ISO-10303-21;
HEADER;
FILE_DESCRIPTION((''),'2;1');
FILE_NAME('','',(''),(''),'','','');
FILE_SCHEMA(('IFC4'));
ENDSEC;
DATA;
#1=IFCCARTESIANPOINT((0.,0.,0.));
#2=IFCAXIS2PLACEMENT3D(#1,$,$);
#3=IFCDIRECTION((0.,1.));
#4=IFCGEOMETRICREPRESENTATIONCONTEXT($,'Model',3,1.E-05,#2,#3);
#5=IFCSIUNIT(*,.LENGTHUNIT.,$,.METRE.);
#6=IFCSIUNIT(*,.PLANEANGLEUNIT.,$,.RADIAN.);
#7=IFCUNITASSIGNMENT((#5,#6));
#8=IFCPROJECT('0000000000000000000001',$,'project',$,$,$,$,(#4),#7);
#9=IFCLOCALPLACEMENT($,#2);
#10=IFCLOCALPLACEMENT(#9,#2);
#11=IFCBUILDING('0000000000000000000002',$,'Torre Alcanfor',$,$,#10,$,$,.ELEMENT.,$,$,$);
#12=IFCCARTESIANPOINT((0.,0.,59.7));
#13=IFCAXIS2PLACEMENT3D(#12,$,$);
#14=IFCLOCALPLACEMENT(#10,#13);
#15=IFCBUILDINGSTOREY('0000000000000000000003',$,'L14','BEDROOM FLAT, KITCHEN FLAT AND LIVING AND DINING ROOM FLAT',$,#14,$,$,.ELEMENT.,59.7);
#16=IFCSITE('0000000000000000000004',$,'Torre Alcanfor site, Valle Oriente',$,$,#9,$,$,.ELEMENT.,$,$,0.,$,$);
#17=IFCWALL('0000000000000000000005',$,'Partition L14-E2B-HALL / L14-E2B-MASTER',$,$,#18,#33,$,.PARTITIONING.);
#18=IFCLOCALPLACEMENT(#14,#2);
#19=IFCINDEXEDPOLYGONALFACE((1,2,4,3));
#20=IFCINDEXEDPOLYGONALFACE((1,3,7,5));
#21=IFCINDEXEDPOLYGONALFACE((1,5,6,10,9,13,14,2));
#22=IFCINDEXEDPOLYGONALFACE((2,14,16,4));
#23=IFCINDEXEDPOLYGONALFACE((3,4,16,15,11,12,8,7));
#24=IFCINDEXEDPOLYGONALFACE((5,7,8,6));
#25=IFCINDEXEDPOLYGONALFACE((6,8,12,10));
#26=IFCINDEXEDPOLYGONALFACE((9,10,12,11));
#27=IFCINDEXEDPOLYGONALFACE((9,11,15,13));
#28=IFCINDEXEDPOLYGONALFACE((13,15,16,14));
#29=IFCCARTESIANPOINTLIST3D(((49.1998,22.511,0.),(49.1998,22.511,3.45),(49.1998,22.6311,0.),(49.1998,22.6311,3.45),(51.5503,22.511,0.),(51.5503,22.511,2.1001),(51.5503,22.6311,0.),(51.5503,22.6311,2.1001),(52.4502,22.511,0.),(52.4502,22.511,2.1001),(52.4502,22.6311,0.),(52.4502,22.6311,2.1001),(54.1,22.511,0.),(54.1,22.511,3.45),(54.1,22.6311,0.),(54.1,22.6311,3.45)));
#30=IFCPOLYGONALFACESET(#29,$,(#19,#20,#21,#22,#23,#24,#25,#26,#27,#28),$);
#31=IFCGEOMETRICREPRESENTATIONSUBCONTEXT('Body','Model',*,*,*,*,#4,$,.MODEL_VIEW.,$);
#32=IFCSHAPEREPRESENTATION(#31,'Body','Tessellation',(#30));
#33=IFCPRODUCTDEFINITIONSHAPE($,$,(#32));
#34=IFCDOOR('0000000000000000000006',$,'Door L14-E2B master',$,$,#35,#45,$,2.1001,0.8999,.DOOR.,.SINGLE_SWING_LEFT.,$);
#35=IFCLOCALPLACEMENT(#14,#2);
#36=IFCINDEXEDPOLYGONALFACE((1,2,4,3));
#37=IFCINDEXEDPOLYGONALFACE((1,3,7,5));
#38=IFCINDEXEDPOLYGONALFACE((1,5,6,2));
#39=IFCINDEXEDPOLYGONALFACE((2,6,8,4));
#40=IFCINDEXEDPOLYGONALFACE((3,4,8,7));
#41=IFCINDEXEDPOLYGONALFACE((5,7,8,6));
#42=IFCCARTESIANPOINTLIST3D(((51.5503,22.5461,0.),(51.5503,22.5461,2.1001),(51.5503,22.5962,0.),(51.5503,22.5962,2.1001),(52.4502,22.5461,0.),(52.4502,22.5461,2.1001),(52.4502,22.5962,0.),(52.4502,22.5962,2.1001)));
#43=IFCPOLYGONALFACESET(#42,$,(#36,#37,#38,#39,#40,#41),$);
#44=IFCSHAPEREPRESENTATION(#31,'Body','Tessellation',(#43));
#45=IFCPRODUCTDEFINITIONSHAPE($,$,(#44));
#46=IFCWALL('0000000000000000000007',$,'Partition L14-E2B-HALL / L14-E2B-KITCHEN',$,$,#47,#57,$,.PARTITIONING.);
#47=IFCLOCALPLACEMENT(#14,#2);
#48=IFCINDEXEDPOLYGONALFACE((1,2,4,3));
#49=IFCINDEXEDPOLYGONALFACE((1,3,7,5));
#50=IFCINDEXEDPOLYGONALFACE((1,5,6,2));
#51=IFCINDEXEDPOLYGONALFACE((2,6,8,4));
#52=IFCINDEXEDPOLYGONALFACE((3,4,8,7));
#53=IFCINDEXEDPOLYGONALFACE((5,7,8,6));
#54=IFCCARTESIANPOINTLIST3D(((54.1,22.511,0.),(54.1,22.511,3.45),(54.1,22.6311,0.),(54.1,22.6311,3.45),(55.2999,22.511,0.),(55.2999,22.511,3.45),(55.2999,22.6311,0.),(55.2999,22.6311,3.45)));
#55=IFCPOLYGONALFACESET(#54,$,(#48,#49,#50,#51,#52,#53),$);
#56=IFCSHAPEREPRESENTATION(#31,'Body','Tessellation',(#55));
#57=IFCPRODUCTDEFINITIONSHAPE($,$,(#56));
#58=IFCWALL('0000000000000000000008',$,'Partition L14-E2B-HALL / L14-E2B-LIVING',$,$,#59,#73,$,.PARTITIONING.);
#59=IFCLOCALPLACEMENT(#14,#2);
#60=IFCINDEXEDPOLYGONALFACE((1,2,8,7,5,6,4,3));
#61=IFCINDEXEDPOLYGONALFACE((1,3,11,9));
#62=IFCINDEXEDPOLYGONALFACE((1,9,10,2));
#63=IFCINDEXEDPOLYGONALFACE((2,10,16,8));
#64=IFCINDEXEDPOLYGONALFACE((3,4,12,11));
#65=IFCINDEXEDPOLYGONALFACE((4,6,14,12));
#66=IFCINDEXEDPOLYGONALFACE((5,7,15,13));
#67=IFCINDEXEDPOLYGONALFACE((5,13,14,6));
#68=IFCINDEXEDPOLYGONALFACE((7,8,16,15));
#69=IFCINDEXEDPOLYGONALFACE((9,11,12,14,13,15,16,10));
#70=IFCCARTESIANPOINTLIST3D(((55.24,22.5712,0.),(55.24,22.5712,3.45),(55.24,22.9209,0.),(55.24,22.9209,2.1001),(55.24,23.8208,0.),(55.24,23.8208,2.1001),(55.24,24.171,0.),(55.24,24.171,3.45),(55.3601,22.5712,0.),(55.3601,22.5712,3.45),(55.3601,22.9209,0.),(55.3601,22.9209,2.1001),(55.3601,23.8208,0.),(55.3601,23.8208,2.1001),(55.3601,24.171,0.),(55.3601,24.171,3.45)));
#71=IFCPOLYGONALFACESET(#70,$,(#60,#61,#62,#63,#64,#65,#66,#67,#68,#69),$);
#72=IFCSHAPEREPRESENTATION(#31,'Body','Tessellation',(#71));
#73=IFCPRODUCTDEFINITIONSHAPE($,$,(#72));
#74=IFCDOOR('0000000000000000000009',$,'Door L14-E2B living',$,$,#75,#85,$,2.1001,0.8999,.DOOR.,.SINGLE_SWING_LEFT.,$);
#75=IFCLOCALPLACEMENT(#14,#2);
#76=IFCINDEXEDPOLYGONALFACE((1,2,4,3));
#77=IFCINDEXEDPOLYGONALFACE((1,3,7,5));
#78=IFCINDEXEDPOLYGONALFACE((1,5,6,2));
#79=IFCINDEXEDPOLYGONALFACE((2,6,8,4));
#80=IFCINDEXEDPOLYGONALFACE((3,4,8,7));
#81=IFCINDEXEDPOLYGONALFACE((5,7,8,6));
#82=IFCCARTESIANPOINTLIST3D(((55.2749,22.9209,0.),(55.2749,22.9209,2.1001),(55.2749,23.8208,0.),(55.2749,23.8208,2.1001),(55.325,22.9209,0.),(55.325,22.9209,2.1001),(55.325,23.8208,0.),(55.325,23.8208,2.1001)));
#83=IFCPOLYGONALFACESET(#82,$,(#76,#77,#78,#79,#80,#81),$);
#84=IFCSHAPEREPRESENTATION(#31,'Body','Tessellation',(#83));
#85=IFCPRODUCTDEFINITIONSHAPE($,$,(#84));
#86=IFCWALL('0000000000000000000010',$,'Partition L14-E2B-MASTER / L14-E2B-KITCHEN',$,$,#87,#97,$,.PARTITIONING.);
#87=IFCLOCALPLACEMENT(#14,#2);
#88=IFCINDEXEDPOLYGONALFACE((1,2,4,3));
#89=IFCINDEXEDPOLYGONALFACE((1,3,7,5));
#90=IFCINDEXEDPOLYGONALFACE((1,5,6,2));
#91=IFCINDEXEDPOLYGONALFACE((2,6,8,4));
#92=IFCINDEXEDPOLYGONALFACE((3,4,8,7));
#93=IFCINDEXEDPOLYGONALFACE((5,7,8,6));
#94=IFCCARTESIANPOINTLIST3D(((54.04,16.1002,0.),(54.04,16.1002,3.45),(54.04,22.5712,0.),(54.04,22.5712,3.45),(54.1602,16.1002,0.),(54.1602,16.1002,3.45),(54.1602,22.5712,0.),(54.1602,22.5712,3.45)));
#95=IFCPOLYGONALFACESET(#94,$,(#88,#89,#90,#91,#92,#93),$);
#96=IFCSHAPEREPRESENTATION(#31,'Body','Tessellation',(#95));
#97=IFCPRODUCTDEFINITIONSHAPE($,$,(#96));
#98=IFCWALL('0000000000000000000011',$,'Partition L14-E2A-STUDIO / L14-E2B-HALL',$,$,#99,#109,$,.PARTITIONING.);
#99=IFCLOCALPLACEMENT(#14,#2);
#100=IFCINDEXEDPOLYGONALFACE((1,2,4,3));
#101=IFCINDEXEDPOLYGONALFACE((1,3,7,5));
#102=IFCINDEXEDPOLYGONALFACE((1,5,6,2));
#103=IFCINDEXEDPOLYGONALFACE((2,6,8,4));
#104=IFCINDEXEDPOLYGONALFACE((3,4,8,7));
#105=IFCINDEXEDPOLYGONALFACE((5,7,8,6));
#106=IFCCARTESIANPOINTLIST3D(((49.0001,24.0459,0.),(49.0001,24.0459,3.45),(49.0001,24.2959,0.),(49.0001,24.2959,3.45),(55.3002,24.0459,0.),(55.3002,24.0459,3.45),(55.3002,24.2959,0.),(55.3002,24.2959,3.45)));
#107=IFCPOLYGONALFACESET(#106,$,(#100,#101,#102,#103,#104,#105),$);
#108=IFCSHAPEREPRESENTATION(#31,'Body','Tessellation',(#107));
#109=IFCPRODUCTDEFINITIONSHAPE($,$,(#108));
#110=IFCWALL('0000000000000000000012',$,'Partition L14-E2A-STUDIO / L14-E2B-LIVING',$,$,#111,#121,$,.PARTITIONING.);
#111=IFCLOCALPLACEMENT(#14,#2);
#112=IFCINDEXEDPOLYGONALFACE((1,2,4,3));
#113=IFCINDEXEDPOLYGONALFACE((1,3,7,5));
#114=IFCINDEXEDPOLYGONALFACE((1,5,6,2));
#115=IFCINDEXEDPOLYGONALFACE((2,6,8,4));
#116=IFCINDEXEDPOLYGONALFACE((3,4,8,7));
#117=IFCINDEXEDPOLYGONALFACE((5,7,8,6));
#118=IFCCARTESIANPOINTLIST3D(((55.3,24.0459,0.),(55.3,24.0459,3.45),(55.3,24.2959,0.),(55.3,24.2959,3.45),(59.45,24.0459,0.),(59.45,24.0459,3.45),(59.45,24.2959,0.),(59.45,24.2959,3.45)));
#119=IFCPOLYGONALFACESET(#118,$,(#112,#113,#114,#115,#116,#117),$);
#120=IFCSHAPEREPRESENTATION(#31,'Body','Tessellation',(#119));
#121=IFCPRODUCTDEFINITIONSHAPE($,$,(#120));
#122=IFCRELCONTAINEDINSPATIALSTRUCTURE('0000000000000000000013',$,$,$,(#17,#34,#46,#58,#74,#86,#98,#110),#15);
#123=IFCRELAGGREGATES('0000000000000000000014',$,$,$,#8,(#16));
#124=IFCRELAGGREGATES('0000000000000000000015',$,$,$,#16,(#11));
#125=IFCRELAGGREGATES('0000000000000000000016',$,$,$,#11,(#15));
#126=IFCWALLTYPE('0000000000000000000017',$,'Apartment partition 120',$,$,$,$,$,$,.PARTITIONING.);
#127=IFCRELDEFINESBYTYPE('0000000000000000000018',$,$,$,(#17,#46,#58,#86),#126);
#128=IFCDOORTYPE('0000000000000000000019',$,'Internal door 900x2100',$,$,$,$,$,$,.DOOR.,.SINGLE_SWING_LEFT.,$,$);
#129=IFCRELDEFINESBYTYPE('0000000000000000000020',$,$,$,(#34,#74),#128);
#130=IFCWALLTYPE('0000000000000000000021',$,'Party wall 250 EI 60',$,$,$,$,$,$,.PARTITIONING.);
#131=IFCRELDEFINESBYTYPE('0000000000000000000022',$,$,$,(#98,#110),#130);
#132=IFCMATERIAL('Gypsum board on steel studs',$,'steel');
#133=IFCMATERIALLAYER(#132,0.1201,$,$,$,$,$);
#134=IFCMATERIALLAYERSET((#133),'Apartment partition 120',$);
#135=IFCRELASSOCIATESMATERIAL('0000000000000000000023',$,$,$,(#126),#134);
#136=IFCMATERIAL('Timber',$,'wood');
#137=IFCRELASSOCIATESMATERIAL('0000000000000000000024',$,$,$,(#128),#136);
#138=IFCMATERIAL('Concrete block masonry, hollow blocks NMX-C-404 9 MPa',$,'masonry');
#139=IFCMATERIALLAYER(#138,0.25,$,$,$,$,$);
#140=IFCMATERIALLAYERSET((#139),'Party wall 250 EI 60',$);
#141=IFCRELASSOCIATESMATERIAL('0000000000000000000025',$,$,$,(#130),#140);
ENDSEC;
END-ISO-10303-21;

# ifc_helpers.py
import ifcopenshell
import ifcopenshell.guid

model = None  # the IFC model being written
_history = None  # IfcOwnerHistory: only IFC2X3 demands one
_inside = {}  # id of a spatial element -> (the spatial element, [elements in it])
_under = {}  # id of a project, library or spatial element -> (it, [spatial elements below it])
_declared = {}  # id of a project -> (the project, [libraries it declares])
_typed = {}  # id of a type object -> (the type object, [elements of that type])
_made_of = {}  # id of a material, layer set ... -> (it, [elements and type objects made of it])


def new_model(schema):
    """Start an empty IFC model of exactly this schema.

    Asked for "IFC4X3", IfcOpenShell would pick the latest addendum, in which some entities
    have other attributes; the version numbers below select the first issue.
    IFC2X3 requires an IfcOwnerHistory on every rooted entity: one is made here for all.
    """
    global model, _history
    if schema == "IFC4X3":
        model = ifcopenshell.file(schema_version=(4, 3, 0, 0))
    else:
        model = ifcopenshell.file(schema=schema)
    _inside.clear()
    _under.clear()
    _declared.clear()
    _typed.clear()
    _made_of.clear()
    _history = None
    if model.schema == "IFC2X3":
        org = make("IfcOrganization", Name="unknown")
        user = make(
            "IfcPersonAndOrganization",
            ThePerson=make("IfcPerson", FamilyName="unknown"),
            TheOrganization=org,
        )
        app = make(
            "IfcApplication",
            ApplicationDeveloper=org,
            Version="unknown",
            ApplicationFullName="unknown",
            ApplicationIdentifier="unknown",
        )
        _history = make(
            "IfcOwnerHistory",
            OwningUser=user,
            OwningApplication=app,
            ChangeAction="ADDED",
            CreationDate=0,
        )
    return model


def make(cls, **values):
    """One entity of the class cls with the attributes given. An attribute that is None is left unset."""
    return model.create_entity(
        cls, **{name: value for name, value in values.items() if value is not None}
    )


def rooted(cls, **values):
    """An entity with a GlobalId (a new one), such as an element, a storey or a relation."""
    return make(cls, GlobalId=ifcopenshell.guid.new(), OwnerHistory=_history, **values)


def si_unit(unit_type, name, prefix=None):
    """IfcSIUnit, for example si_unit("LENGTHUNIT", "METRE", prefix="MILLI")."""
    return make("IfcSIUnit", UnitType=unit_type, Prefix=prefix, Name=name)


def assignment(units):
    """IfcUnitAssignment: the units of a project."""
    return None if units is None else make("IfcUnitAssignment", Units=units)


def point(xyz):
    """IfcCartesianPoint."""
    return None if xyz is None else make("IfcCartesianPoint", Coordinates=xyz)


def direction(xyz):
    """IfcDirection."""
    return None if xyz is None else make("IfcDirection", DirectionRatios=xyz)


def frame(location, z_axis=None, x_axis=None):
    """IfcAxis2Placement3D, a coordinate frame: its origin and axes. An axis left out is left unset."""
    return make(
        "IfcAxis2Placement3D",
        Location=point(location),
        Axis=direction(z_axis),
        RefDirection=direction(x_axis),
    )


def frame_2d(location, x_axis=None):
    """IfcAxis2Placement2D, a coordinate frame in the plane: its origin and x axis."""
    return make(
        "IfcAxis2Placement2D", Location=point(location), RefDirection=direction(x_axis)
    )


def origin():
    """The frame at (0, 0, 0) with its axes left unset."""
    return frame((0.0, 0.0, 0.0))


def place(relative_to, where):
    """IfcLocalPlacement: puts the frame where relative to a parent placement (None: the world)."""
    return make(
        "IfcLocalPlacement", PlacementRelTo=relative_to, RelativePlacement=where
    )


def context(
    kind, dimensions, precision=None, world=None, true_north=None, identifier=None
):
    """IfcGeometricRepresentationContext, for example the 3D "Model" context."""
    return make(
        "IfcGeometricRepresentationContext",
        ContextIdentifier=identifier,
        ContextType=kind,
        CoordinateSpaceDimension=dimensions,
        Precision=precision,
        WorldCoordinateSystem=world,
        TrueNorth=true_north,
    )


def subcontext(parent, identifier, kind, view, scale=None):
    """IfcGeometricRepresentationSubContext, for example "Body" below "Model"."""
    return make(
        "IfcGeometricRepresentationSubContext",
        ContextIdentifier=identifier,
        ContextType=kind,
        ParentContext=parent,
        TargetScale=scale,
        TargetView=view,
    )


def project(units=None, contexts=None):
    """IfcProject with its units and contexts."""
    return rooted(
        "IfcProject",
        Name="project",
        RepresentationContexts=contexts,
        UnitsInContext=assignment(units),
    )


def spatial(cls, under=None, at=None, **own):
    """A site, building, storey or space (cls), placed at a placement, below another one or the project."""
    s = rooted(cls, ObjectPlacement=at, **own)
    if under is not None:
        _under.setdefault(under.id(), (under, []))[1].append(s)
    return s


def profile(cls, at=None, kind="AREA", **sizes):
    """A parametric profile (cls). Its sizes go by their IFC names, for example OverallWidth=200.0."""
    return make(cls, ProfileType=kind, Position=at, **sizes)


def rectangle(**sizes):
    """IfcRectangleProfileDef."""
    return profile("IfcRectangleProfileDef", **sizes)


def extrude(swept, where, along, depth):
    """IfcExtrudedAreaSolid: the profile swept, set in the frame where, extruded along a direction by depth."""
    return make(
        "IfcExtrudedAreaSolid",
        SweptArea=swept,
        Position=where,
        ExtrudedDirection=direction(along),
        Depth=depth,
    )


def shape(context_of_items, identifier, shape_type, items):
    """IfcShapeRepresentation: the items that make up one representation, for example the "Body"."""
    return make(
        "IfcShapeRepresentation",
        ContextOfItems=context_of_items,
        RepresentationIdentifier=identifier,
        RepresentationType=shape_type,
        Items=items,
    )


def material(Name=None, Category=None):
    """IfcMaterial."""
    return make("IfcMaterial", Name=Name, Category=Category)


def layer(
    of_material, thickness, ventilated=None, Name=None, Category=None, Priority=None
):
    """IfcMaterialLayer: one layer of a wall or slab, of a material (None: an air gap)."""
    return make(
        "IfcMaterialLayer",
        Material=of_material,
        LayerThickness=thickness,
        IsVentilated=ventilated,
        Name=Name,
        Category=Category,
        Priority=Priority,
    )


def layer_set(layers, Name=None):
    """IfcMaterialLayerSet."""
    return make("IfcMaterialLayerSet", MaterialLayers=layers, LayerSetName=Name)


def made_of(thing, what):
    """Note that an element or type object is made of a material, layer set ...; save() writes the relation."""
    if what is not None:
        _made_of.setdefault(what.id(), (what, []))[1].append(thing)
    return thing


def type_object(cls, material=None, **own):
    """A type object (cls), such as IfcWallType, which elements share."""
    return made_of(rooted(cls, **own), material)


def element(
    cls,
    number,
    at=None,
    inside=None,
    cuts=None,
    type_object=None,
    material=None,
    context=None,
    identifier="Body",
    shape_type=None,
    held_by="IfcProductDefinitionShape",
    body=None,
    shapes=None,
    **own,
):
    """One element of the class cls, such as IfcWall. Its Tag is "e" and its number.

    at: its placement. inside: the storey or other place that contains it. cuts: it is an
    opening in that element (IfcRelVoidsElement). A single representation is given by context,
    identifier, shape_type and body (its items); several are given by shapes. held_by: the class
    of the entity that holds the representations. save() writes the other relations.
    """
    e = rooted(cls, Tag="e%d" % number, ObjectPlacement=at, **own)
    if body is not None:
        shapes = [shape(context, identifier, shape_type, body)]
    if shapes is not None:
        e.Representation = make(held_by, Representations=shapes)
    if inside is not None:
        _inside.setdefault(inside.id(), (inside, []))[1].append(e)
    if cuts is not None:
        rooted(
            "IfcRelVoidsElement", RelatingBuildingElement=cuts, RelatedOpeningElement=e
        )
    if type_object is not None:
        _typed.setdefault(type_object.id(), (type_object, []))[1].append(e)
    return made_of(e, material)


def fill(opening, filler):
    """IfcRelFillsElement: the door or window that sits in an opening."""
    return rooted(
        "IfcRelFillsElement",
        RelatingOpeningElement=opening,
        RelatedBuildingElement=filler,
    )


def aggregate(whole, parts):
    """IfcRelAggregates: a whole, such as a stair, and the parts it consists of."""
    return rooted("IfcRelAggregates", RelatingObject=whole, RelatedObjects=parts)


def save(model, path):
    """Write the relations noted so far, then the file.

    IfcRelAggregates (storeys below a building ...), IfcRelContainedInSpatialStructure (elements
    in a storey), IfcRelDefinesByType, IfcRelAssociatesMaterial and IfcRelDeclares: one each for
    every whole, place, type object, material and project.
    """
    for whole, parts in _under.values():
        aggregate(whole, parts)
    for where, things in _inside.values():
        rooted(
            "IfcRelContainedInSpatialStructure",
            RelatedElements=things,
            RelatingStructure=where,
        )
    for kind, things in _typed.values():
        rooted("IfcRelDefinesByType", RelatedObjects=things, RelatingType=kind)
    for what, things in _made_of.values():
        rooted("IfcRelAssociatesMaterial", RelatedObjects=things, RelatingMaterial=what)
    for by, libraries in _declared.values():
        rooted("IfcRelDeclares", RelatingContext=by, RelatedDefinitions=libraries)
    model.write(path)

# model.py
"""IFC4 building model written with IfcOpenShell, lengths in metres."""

from ifc_helpers import new_model, si_unit, direction, frame, frame_2d, origin, place, context, subcontext, project, spatial, rectangle, extrude, material, layer, layer_set, type_object, element, fill, save


model = new_model("IFC4")

# Units and contexts
model_context = context("Model", 3, precision=1e-05, world=origin(), true_north=direction((0.0, 1.0)))
body_context = subcontext(model_context, "Body", "Model", "MODEL_VIEW")
ifc_project = project(units=[si_unit("LENGTHUNIT", "METRE"), si_unit("PLANEANGLEUNIT", "RADIAN")], contexts=[model_context])

# Site, building, storey
site_placement = place(None, origin())
site = spatial("IfcSite", under=ifc_project, at=site_placement, Name="Torre Alcanfor site, Valle Oriente", CompositionType="ELEMENT", RefElevation=0.0)
building_placement = place(site_placement, origin())
building = spatial("IfcBuilding", under=site, at=building_placement, Name="Torre Alcanfor", CompositionType="ELEMENT")
storey_placement = place(building_placement, frame((0.0, 0.0, 59.7)))
storey = spatial("IfcBuildingStorey", under=building, at=storey_placement, Name="L14", Description="BEDROOM FLAT, KITCHEN FLAT AND LIVING AND DINING ROOM FLAT", CompositionType="ELEMENT", Elevation=59.7)

# Wall, opening, door
ifc_material_1 = material(Name="Gypsum board on steel studs", Category="steel")
ifc_layer_1 = layer(ifc_material_1, 0.1201)
ifc_layer_set_1 = layer_set([ifc_layer_1], Name="Apartment partition 120")
wall_type_1 = type_object("IfcWallType", Name="Apartment partition 120", PredefinedType="PARTITIONING", material=ifc_layer_set_1)
wall_1_placement = place(storey_placement, frame((54.1001, 22.571, 0.0), z_axis=(0.0, 0.0, 1.0), x_axis=(-1.0, 0.0, 0.0)))
wall_1 = element("IfcWall", 1, at=wall_1_placement, inside=storey, type_object=wall_type_1, Name="Partition L14-E2B-HALL / L14-E2B-MASTER", PredefinedType="PARTITIONING", context=body_context, shape_type="SweptSolid", body=[
    extrude(rectangle(XDim=4.9001, YDim=0.1201, at=frame_2d((2.4502, 0.0))), origin(), (0.0, 0.0, 1.0), 3.45),
])
opening_1_placement = place(wall_1_placement, frame((1.6499, 0.0, 0.0)))
opening_1 = element("IfcOpeningElement", 2, at=opening_1_placement, cuts=wall_1, PredefinedType="OPENING", context=body_context, shape_type="SweptSolid", body=[
    extrude(rectangle(XDim=0.8999, YDim=2.1001, at=frame_2d((0.45, 1.05))), frame((0.0, 0.0701, 0.0), z_axis=(0.0, -1.0, 0.0), x_axis=(1.0, 0.0, 0.0)), (0.0, 0.0, 1.0), 0.1401),
])
ifc_material_2 = material(Name="Timber", Category="wood")
door_type = type_object("IfcDoorType", Name="Internal door 900x2100", OperationType="SINGLE_SWING_LEFT", PredefinedType="DOOR", material=ifc_material_2)
door_1_placement = place(opening_1_placement, origin())
door_1 = element("IfcDoor", 3, at=door_1_placement, inside=storey, type_object=door_type, Name="Door L14-E2B master", OperationType="SINGLE_SWING_LEFT", OverallHeight=2.1001, OverallWidth=0.8999, PredefinedType="DOOR", context=body_context, shape_type="SweptSolid", body=[
    extrude(rectangle(XDim=0.8999, YDim=2.1001, at=frame_2d((0.45, 1.05))), frame((0.0, 0.0249, 0.0), z_axis=(0.0, -1.0, 0.0), x_axis=(1.0, 0.0, 0.0)), (0.0, 0.0, 1.0), 0.05),
])
fill(opening_1, door_1)

# Wall
wall_2_placement = place(storey_placement, frame((55.3, 22.571, 0.0), z_axis=(0.0, 0.0, 1.0), x_axis=(-1.0, 0.0, 0.0)))
element("IfcWall", 4, at=wall_2_placement, inside=storey, type_object=wall_type_1, Name="Partition L14-E2B-HALL / L14-E2B-KITCHEN", PredefinedType="PARTITIONING", context=body_context, shape_type="SweptSolid", body=[
    extrude(rectangle(XDim=1.2, YDim=0.1201, at=frame_2d((0.6001, 0.0))), origin(), (0.0, 0.0, 1.0), 3.45),
])

# Wall, opening, door
wall_3_placement = place(storey_placement, frame((55.3, 24.1709, 0.0), z_axis=(0.0, 0.0, 1.0), x_axis=(0.0, -1.0, 0.0)))
wall_3 = element("IfcWall", 5, at=wall_3_placement, inside=storey, type_object=wall_type_1, Name="Partition L14-E2B-HALL / L14-E2B-LIVING", PredefinedType="PARTITIONING", context=body_context, shape_type="SweptSolid", body=[
    extrude(rectangle(XDim=1.5999, YDim=0.1201, at=frame_2d((0.7998, 0.0))), origin(), (0.0, 0.0, 1.0), 3.45),
])
opening_2_placement = place(wall_3_placement, frame((0.3501, 0.0, 0.0)))
opening_2 = element("IfcOpeningElement", 6, at=opening_2_placement, cuts=wall_3, PredefinedType="OPENING", context=body_context, shape_type="SweptSolid", body=[
    extrude(rectangle(XDim=0.8999, YDim=2.1001, at=frame_2d((0.45, 1.05))), frame((0.0, 0.0701, 0.0), z_axis=(0.0, -1.0, 0.0), x_axis=(1.0, 0.0, 0.0)), (0.0, 0.0, 1.0), 0.1401),
])
door_2_placement = place(opening_2_placement, origin())
door_2 = element("IfcDoor", 7, at=door_2_placement, inside=storey, type_object=door_type, Name="Door L14-E2B living", OperationType="SINGLE_SWING_LEFT", OverallHeight=2.1001, OverallWidth=0.8999, PredefinedType="DOOR", context=body_context, shape_type="SweptSolid", body=[
    extrude(rectangle(XDim=0.8999, YDim=2.1001, at=frame_2d((0.45, 1.05))), frame((0.0, 0.0249, 0.0), z_axis=(0.0, -1.0, 0.0), x_axis=(1.0, 0.0, 0.0)), (0.0, 0.0, 1.0), 0.05),
])
fill(opening_2, door_2)

# Walls
wall_4_placement = place(storey_placement, frame((54.1001, 22.571, 0.0), z_axis=(0.0, 0.0, 1.0), x_axis=(0.0, -1.0, 0.0)))
element("IfcWall", 8, at=wall_4_placement, inside=storey, type_object=wall_type_1, Name="Partition L14-E2B-MASTER / L14-E2B-KITCHEN", PredefinedType="PARTITIONING", context=body_context, shape_type="SweptSolid", body=[
    extrude(rectangle(XDim=6.4709, YDim=0.1201, at=frame_2d((3.2354, 0.0))), origin(), (0.0, 0.0, 1.0), 3.45),
])
ifc_material_3 = material(Name="Concrete block masonry, hollow blocks NMX-C-404 9 MPa", Category="masonry")
ifc_layer_2 = layer(ifc_material_3, 0.25)
ifc_layer_set_2 = layer_set([ifc_layer_2], Name="Party wall 250 EI 60")
wall_type_2 = type_object("IfcWallType", Name="Party wall 250 EI 60", PredefinedType="PARTITIONING", material=ifc_layer_set_2)
wall_5_placement = place(storey_placement, frame((55.3, 24.1709, 0.0), z_axis=(0.0, 0.0, 1.0), x_axis=(-1.0, 0.0, 0.0)))
element("IfcWall", 9, at=wall_5_placement, inside=storey, type_object=wall_type_2, Name="Partition L14-E2A-STUDIO / L14-E2B-HALL", PredefinedType="PARTITIONING", context=body_context, shape_type="SweptSolid", body=[
    extrude(rectangle(XDim=6.3, YDim=0.25, at=frame_2d((3.1499, 0.0))), origin(), (0.0, 0.0, 1.0), 3.45),
])
wall_6_placement = place(storey_placement, frame((59.45, 24.1709, 0.0), z_axis=(0.0, 0.0, 1.0), x_axis=(-1.0, 0.0, 0.0)))
element("IfcWall", 10, at=wall_6_placement, inside=storey, type_object=wall_type_2, Name="Partition L14-E2A-STUDIO / L14-E2B-LIVING", PredefinedType="PARTITIONING", context=body_context, shape_type="SweptSolid", body=[
    extrude(rectangle(XDim=4.1499, YDim=0.25, at=frame_2d((2.075, 0.0))), origin(), (0.0, 0.0, 1.0), 3.45),
])

save(model, "model.ifc")
